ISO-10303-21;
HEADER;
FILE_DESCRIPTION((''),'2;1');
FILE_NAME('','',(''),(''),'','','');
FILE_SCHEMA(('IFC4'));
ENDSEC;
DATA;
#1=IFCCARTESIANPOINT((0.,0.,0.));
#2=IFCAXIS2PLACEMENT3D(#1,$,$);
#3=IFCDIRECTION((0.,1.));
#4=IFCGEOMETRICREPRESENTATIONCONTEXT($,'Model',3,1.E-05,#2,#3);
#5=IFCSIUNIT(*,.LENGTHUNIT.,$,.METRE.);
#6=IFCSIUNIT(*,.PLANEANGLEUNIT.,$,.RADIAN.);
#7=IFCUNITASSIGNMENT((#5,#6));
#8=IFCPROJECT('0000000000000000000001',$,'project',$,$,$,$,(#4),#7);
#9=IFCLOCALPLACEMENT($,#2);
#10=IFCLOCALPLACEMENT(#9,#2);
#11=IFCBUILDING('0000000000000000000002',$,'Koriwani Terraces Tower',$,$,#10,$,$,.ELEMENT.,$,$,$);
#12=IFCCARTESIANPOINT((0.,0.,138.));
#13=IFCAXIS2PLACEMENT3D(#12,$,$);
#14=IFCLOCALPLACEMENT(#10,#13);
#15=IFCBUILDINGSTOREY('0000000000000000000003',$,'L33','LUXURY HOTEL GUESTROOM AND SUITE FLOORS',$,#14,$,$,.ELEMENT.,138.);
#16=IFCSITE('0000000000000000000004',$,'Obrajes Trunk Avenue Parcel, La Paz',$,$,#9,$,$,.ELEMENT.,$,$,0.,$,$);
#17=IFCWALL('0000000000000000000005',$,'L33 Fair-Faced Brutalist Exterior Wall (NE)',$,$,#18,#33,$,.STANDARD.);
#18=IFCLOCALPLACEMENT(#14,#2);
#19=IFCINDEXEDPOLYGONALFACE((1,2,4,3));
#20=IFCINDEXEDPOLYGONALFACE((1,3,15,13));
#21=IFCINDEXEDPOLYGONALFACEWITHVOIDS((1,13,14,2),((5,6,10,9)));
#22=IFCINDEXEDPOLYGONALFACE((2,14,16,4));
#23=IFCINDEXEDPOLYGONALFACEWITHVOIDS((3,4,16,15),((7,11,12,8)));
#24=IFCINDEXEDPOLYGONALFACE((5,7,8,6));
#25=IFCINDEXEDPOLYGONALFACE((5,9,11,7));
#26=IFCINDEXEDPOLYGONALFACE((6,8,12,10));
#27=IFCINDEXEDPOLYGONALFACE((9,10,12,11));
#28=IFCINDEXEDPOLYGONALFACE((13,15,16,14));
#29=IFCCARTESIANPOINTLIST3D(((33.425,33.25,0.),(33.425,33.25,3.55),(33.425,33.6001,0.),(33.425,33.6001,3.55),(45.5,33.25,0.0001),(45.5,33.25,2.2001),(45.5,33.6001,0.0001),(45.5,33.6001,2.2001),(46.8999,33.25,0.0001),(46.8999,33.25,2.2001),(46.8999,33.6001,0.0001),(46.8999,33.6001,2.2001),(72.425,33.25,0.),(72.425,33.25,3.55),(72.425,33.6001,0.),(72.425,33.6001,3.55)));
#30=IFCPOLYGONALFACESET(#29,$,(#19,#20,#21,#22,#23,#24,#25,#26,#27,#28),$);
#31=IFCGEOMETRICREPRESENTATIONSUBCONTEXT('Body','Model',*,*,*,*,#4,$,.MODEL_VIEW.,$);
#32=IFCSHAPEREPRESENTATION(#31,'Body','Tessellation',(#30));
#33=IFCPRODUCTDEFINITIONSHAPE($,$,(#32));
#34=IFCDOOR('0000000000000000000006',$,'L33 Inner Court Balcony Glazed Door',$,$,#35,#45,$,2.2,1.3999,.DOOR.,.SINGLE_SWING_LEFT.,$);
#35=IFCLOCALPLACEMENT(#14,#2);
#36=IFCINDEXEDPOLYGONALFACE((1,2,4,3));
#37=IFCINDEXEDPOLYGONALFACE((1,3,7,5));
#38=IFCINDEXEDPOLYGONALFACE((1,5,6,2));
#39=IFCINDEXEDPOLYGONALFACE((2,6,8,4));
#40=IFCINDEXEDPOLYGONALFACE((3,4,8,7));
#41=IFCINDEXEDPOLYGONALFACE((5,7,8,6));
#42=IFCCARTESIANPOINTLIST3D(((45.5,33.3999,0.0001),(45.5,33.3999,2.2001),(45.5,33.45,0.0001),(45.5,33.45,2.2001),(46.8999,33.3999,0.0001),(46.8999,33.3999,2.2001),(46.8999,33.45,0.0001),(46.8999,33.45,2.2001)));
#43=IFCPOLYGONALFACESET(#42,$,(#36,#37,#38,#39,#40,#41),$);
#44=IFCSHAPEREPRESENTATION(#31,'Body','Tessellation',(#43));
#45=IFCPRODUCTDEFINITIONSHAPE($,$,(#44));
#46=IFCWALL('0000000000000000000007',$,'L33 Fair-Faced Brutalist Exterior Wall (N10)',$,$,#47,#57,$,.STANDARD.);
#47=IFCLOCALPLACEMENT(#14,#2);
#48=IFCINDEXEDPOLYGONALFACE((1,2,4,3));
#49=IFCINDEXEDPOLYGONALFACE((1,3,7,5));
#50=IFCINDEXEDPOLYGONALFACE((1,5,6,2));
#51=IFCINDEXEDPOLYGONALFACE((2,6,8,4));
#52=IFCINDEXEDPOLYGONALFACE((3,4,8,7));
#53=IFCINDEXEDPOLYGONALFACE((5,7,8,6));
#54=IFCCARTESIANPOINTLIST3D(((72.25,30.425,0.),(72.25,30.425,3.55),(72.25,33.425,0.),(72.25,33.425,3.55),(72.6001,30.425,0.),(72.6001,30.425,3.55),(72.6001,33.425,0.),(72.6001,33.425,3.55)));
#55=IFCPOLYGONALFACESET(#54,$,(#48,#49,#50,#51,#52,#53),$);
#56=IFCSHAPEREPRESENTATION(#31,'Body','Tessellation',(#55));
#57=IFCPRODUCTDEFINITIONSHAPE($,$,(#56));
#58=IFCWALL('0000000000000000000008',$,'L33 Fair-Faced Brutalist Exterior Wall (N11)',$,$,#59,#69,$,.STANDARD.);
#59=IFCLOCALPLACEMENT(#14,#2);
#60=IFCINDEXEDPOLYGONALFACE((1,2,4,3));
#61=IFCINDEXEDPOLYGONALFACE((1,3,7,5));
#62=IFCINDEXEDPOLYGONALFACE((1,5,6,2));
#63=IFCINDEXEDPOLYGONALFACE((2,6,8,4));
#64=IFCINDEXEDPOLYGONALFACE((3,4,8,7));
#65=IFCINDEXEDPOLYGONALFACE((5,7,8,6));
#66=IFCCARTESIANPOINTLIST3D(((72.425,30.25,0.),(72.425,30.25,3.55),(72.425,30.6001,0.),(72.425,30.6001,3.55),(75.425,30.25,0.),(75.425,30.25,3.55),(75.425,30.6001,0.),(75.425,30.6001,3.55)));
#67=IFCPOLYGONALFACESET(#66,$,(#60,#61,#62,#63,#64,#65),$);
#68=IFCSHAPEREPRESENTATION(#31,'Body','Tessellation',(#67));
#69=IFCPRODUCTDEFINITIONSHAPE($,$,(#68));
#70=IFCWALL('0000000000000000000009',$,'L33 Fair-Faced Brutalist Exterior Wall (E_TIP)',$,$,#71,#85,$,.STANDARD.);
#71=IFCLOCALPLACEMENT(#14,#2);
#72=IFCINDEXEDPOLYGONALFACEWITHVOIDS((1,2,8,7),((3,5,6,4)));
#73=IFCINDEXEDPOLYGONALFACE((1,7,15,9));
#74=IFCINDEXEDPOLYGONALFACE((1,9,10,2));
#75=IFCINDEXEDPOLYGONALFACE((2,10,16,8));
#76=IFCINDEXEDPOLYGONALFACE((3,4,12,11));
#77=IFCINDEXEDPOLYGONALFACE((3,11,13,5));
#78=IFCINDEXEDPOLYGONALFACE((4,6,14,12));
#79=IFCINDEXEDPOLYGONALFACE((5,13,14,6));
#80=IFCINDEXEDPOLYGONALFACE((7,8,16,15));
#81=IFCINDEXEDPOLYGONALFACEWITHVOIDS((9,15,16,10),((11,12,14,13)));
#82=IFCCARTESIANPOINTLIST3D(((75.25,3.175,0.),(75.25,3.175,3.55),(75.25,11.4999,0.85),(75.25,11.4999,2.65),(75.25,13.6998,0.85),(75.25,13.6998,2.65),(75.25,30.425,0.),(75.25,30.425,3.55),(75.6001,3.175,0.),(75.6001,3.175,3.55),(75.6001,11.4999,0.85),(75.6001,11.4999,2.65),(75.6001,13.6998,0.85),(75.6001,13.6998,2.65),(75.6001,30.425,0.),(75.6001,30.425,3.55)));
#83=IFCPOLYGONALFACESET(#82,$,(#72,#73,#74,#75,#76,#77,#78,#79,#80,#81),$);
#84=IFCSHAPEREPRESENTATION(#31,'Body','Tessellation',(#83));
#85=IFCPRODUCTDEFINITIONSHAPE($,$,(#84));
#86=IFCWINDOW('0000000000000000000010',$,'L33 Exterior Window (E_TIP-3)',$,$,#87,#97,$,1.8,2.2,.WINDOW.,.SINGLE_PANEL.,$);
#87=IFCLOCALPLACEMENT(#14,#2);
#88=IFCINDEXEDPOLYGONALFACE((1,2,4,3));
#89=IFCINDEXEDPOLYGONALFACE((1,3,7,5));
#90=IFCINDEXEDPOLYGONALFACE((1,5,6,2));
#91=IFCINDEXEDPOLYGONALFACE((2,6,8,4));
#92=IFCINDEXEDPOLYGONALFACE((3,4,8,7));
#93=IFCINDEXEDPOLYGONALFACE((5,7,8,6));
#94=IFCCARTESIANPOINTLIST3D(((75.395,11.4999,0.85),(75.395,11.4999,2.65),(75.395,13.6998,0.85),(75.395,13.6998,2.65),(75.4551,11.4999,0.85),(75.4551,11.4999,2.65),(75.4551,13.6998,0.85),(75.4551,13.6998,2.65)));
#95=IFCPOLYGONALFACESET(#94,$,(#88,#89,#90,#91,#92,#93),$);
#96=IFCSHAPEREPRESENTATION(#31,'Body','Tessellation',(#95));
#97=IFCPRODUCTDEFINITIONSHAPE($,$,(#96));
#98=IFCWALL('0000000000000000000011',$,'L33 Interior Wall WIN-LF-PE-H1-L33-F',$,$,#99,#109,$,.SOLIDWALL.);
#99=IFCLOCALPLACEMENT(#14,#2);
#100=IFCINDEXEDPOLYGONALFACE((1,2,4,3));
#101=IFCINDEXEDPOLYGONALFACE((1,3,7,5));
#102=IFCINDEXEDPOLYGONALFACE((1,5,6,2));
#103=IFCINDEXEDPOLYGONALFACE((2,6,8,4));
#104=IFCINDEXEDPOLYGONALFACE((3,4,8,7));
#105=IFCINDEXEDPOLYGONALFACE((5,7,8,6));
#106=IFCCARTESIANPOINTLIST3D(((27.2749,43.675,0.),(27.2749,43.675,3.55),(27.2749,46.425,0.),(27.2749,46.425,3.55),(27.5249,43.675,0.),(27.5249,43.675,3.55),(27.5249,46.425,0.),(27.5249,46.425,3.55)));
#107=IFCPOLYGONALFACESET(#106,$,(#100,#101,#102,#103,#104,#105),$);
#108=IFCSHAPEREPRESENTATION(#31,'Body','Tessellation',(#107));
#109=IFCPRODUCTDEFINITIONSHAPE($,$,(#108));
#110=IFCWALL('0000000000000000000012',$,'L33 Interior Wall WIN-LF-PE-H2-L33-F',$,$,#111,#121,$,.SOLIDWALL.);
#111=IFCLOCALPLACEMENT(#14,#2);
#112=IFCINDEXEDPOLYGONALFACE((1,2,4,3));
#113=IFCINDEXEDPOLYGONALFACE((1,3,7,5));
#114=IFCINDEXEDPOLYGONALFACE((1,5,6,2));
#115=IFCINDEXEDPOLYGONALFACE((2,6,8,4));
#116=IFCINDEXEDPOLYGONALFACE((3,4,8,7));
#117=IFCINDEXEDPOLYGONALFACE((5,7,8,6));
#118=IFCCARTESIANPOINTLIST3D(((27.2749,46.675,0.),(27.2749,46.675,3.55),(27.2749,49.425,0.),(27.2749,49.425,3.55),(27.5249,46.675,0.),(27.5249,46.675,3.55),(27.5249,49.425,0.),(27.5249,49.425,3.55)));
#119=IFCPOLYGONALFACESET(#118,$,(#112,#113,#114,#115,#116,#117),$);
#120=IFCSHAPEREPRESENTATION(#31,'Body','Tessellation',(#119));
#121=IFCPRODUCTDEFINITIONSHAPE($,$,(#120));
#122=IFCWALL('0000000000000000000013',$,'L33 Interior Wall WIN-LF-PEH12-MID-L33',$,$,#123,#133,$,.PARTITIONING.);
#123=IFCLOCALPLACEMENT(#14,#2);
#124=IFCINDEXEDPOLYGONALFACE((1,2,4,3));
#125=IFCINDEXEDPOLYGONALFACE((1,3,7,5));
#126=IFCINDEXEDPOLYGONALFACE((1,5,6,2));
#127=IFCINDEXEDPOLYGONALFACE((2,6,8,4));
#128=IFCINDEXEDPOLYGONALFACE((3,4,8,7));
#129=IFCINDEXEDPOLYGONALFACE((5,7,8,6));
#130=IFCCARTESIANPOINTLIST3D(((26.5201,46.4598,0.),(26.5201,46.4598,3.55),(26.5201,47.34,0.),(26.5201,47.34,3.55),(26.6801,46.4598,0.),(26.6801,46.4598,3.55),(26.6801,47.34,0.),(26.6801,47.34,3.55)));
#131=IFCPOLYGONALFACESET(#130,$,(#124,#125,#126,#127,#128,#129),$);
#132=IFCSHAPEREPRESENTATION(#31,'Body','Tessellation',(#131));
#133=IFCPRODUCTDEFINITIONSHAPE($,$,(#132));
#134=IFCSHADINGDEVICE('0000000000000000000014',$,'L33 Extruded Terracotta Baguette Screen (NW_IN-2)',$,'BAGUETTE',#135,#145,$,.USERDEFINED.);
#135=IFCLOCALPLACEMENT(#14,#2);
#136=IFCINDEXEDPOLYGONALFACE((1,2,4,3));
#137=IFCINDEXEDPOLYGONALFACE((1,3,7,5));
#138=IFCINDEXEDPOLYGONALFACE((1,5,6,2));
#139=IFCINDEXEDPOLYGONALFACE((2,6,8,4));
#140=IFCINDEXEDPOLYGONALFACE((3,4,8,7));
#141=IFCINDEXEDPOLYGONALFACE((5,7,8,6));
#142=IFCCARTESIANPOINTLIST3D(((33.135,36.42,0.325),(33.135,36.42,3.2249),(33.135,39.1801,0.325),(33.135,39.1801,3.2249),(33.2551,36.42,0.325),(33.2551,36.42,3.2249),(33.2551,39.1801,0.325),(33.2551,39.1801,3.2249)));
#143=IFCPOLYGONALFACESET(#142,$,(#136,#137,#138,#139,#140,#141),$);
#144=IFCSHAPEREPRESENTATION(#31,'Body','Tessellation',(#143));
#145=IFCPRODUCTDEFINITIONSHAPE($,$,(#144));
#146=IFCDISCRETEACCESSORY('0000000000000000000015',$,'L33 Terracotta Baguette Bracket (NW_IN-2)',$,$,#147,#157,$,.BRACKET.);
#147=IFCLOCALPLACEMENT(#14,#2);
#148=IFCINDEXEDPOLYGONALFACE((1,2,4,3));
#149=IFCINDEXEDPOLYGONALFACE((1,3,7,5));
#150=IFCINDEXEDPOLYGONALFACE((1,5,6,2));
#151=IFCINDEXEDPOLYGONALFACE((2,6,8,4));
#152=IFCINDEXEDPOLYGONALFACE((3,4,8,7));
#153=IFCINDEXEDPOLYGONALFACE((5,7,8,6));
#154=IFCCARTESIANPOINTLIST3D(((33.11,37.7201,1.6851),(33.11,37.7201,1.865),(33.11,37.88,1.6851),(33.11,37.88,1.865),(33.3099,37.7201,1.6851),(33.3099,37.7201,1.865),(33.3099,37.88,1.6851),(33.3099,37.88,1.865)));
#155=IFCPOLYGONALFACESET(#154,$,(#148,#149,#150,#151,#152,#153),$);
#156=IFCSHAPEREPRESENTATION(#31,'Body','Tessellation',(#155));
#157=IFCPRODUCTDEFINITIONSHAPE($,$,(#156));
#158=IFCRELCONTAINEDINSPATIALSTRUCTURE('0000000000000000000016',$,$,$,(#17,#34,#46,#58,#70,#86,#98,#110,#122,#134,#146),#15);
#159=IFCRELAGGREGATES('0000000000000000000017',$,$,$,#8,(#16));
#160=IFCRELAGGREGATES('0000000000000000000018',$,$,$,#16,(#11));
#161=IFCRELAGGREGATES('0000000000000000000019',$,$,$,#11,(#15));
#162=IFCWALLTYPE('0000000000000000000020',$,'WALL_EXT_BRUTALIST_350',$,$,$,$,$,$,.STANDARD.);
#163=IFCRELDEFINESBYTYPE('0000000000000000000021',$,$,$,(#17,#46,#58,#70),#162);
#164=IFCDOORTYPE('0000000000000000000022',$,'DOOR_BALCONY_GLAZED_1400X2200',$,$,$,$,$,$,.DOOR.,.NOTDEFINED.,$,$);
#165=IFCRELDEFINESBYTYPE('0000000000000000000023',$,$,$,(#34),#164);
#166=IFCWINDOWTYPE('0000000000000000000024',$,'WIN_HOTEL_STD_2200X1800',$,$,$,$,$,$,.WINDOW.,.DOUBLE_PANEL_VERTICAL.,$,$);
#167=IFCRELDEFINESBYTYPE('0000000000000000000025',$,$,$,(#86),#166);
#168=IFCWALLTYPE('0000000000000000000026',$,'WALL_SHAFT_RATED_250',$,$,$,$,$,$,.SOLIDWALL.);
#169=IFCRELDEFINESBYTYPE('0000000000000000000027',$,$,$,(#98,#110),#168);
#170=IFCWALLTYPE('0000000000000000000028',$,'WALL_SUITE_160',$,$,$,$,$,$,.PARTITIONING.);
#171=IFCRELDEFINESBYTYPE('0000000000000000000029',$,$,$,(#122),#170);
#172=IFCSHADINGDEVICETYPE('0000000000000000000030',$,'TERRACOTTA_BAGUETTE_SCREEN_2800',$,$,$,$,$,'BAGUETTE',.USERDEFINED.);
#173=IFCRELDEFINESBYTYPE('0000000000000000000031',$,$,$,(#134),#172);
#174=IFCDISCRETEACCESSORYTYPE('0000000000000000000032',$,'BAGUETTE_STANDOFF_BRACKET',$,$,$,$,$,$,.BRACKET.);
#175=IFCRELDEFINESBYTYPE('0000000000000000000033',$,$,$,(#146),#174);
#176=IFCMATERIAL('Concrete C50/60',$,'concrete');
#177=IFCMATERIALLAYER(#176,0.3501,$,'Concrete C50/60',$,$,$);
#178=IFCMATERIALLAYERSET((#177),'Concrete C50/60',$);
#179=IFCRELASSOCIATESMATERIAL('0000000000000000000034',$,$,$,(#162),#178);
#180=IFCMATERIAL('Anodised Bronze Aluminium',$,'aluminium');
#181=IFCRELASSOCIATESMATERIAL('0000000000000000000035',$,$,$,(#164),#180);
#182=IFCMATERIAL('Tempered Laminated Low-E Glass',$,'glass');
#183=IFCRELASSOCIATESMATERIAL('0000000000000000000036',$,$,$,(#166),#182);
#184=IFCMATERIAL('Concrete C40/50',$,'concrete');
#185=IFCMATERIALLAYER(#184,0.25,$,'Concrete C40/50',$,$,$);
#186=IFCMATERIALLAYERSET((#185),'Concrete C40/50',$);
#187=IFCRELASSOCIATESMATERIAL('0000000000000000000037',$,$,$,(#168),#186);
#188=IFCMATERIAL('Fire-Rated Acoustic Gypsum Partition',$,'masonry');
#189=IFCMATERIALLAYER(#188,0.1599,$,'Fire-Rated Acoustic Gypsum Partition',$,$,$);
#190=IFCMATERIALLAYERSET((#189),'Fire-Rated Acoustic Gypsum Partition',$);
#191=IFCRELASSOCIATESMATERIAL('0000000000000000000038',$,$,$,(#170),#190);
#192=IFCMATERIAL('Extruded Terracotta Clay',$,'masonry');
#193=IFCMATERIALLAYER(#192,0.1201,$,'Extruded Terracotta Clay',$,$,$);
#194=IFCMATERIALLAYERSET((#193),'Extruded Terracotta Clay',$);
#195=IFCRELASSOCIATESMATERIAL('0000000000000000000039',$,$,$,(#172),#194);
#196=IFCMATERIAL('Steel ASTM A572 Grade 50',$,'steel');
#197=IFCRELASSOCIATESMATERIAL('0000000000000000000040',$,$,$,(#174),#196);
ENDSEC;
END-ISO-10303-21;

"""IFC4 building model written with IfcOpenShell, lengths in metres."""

from ifc_helpers import new_model, si_unit, direction, frame, frame_2d, origin, origin_2d, place, context, subcontext, project, spatial, rectangle, extrude, material, layer, layer_set, type_object, element, fill, save


model = new_model("IFC4")

# Units and contexts
model_context = context("Model", 3, precision=1e-05, world=origin(), true_north=direction((0.0, 1.0)))
body_context = subcontext(model_context, "Body", "Model", "MODEL_VIEW")
ifc_project = project(units=[si_unit("LENGTHUNIT", "METRE"), si_unit("PLANEANGLEUNIT", "RADIAN")], contexts=[model_context])

# Site, building, storey
site_placement = place(None, origin())
site = spatial("IfcSite", under=ifc_project, at=site_placement, Name="Obrajes Trunk Avenue Parcel, La Paz", CompositionType="ELEMENT", RefElevation=0.0)
building_placement = place(site_placement, origin())
building = spatial("IfcBuilding", under=site, at=building_placement, Name="Koriwani Terraces Tower", CompositionType="ELEMENT")
storey_placement = place(building_placement, frame((0.0, 0.0, 138.0)))
storey = spatial("IfcBuildingStorey", under=building, at=storey_placement, Name="L33", Description="LUXURY HOTEL GUESTROOM AND SUITE FLOORS", CompositionType="ELEMENT", Elevation=138.0)

# Shared definitions
ifc_material_1 = material(Name="Concrete C40/50", Category="concrete")
ifc_material_2 = material(Name="Concrete C50/60", Category="concrete")
ifc_material_3 = material(Name="Steel ASTM A572 Grade 50", Category="steel")

# Wall, opening, door
ifc_layer_1 = layer(ifc_material_2, 0.3501, Name="Concrete C50/60")
ifc_layer_set_1 = layer_set([ifc_layer_1], Name="Concrete C50/60")
wall_type_1 = type_object("IfcWallType", Name="WALL_EXT_BRUTALIST_350", PredefinedType="STANDARD", material=ifc_layer_set_1)
wall_1_placement = place(storey_placement, frame((33.425, 33.425, 0.0), z_axis=(0.0, 0.0, 1.0), x_axis=(1.0, 0.0, 0.0)))
wall_1 = element("IfcWall", 1, at=wall_1_placement, inside=storey, type_object=wall_type_1, Name="L33 Fair-Faced Brutalist Exterior Wall (NE)", PredefinedType="STANDARD", context=body_context, shape_type="SweptSolid", body=[
    extrude(rectangle(XDim=39.0, YDim=0.3501, at=frame_2d((19.5, 0.0))), origin(), (0.0, 0.0, 1.0), 3.55),
])
opening_1_placement = place(wall_1_placement, frame((12.075, 0.0, 0.0)))
opening_1 = element("IfcOpeningElement", 2, at=opening_1_placement, cuts=wall_1, PredefinedType="OPENING", context=body_context, shape_type="SweptSolid", body=[
    extrude(rectangle(XDim=1.3999, YDim=2.2, at=frame_2d((0.7, 1.1001))), frame((0.0, 0.1851, 0.0), z_axis=(0.0, -1.0, 0.0), x_axis=(1.0, 0.0, 0.0)), (0.0, 0.0, 1.0), 0.3701),
])
ifc_material_4 = material(Name="Anodised Bronze Aluminium", Category="aluminium")
door_type = type_object("IfcDoorType", Name="DOOR_BALCONY_GLAZED_1400X2200", OperationType="NOTDEFINED", PredefinedType="DOOR", material=ifc_material_4)
door_placement = place(opening_1_placement, origin())
door = element("IfcDoor", 3, at=door_placement, inside=storey, type_object=door_type, Name="L33 Inner Court Balcony Glazed Door", OperationType="SINGLE_SWING_LEFT", OverallHeight=2.2, OverallWidth=1.3999, PredefinedType="DOOR", context=body_context, shape_type="SweptSolid", body=[
    extrude(rectangle(XDim=1.3999, YDim=2.2, at=frame_2d((0.7, 1.1001))), frame((0.0, 0.0249, 0.0), z_axis=(0.0, -1.0, 0.0), x_axis=(1.0, 0.0, 0.0)), (0.0, 0.0, 1.0), 0.05),
])
fill(opening_1, door)

# Walls
for number, where, z_axis, x_axis, name in (
    (4, (72.425, 33.425, 0.0), (0.0, 0.0, 1.0), (0.0, -1.0, 0.0), "L33 Fair-Faced Brutalist Exterior Wall (N10)"),
    (5, (72.425, 30.425, 0.0), (0.0, 0.0, 1.0), (1.0, 0.0, 0.0), "L33 Fair-Faced Brutalist Exterior Wall (N11)"),
):
    element("IfcWall", number, at=place(storey_placement, frame(where, z_axis=z_axis, x_axis=x_axis)), inside=storey, type_object=wall_type_1, Name=name, PredefinedType="STANDARD", context=body_context, shape_type="SweptSolid", body=[
        extrude(rectangle(XDim=3.0, YDim=0.3501, at=frame_2d((1.5, 0.0))), origin(), (0.0, 0.0, 1.0), 3.55),
    ])

# Wall, opening, window
wall_2_placement = place(storey_placement, frame((75.425, 30.425, 0.0), z_axis=(0.0, 0.0, 1.0), x_axis=(0.0, -1.0, 0.0)))
wall_2 = element("IfcWall", 6, at=wall_2_placement, inside=storey, type_object=wall_type_1, Name="L33 Fair-Faced Brutalist Exterior Wall (E_TIP)", PredefinedType="STANDARD", context=body_context, shape_type="SweptSolid", body=[
    extrude(rectangle(XDim=27.25, YDim=0.3501, at=frame_2d((13.625, 0.0))), origin(), (0.0, 0.0, 1.0), 3.55),
])
opening_2_placement = place(wall_2_placement, frame((16.7251, 0.0, 0.8501)))
opening_2 = element("IfcOpeningElement", 7, at=opening_2_placement, cuts=wall_2, PredefinedType="OPENING", context=body_context, shape_type="SweptSolid", body=[
    extrude(rectangle(XDim=2.2, YDim=1.8, at=frame_2d((1.1001, 0.8999))), frame((0.0, 0.1851, 0.0), z_axis=(0.0, -1.0, 0.0), x_axis=(1.0, 0.0, 0.0)), (0.0, 0.0, 1.0), 0.3701),
])
ifc_material_5 = material(Name="Tempered Laminated Low-E Glass", Category="glass")
window_type = type_object("IfcWindowType", Name="WIN_HOTEL_STD_2200X1800", PartitioningType="DOUBLE_PANEL_VERTICAL", PredefinedType="WINDOW", material=ifc_material_5)
window_placement = place(opening_2_placement, origin())
window = element("IfcWindow", 8, at=window_placement, inside=storey, type_object=window_type, Name="L33 Exterior Window (E_TIP-3)", OverallHeight=1.8, OverallWidth=2.2, PartitioningType="SINGLE_PANEL", PredefinedType="WINDOW", context=body_context, shape_type="SweptSolid", body=[
    extrude(rectangle(XDim=2.2, YDim=1.8, at=frame_2d((1.1001, 0.8999))), frame((0.0, 0.03, 0.0), z_axis=(0.0, -1.0, 0.0), x_axis=(1.0, 0.0, 0.0)), (0.0, 0.0, 1.0), 0.0601),
])
fill(opening_2, window)

# Walls
ifc_layer_2 = layer(ifc_material_1, 0.25, Name="Concrete C40/50")
ifc_layer_set_2 = layer_set([ifc_layer_2], Name="Concrete C40/50")
wall_type_2 = type_object("IfcWallType", Name="WALL_SHAFT_RATED_250", PredefinedType="SOLIDWALL", material=ifc_layer_set_2)
for number, where, z_axis, x_axis, name in (
    (9, (27.3999, 43.675, 0.0), (0.0, 0.0, 1.0), (0.0, 1.0, 0.0), "L33 Interior Wall WIN-LF-PE-H1-L33-F"),
    (10, (27.3999, 46.675, 0.0), (0.0, 0.0, 1.0), (0.0, 1.0, 0.0), "L33 Interior Wall WIN-LF-PE-H2-L33-F"),
):
    element("IfcWall", number, at=place(storey_placement, frame(where, z_axis=z_axis, x_axis=x_axis)), inside=storey, type_object=wall_type_2, Name=name, PredefinedType="SOLIDWALL", context=body_context, shape_type="SweptSolid", body=[
        extrude(rectangle(XDim=2.75, YDim=0.25, at=frame_2d((1.375, 0.0))), origin(), (0.0, 0.0, 1.0), 3.55),
    ])
ifc_material_6 = material(Name="Fire-Rated Acoustic Gypsum Partition", Category="masonry")
ifc_layer_3 = layer(ifc_material_6, 0.1599, Name="Fire-Rated Acoustic Gypsum Partition")
ifc_layer_set_3 = layer_set([ifc_layer_3], Name="Fire-Rated Acoustic Gypsum Partition")
wall_type_3 = type_object("IfcWallType", Name="WALL_SUITE_160", PredefinedType="PARTITIONING", material=ifc_layer_set_3)
wall_3_placement = place(storey_placement, frame((26.6001, 46.46, 0.0), z_axis=(0.0, 0.0, 1.0), x_axis=(0.0, 1.0, 0.0)))
element("IfcWall", 11, at=wall_3_placement, inside=storey, type_object=wall_type_3, Name="L33 Interior Wall WIN-LF-PEH12-MID-L33", PredefinedType="PARTITIONING", context=body_context, shape_type="SweptSolid", body=[
    extrude(rectangle(XDim=0.8801, YDim=0.1599, at=frame_2d((0.4399, 0.0))), origin(), (0.0, 0.0, 1.0), 3.55),
])

# Shading device
ifc_material_7 = material(Name="Extruded Terracotta Clay", Category="masonry")
ifc_layer_4 = layer(ifc_material_7, 0.1201, Name="Extruded Terracotta Clay")
ifc_layer_set_4 = layer_set([ifc_layer_4], Name="Extruded Terracotta Clay")
shading_device_type = type_object("IfcShadingDeviceType", Name="TERRACOTTA_BAGUETTE_SCREEN_2800", ElementType="BAGUETTE", PredefinedType="USERDEFINED", material=ifc_layer_set_4)
shading_device_placement = place(storey_placement, frame((33.1951, 37.8, 0.325), z_axis=(0.0, 0.0, 1.0), x_axis=(0.0, -1.0, 0.0)))
element("IfcShadingDevice", 12, at=shading_device_placement, inside=storey, type_object=shading_device_type, Name="L33 Extruded Terracotta Baguette Screen (NW_IN-2)", ObjectType="BAGUETTE", PredefinedType="USERDEFINED", context=body_context, shape_type="SweptSolid", body=[
    extrude(rectangle(XDim=2.76, YDim=0.1201, at=origin_2d()), origin(), (0.0, 0.0, 1.0), 2.8999),
])

# Discrete accessory
discrete_accessory_type = type_object("IfcDiscreteAccessoryType", Name="BAGUETTE_STANDOFF_BRACKET", PredefinedType="BRACKET", material=ifc_material_3)
discrete_accessory_placement = place(storey_placement, frame((33.21, 37.8, 1.6851), z_axis=(0.0, 0.0, 1.0), x_axis=(0.0, -1.0, 0.0)))
element("IfcDiscreteAccessory", 13, at=discrete_accessory_placement, inside=storey, type_object=discrete_accessory_type, Name="L33 Terracotta Baguette Bracket (NW_IN-2)", PredefinedType="BRACKET", context=body_context, shape_type="SweptSolid", body=[
    extrude(rectangle(XDim=0.1599, YDim=0.2, at=origin_2d()), origin(), (0.0, 0.0, 1.0), 0.1799),
])

save(model, "model.ifc")
